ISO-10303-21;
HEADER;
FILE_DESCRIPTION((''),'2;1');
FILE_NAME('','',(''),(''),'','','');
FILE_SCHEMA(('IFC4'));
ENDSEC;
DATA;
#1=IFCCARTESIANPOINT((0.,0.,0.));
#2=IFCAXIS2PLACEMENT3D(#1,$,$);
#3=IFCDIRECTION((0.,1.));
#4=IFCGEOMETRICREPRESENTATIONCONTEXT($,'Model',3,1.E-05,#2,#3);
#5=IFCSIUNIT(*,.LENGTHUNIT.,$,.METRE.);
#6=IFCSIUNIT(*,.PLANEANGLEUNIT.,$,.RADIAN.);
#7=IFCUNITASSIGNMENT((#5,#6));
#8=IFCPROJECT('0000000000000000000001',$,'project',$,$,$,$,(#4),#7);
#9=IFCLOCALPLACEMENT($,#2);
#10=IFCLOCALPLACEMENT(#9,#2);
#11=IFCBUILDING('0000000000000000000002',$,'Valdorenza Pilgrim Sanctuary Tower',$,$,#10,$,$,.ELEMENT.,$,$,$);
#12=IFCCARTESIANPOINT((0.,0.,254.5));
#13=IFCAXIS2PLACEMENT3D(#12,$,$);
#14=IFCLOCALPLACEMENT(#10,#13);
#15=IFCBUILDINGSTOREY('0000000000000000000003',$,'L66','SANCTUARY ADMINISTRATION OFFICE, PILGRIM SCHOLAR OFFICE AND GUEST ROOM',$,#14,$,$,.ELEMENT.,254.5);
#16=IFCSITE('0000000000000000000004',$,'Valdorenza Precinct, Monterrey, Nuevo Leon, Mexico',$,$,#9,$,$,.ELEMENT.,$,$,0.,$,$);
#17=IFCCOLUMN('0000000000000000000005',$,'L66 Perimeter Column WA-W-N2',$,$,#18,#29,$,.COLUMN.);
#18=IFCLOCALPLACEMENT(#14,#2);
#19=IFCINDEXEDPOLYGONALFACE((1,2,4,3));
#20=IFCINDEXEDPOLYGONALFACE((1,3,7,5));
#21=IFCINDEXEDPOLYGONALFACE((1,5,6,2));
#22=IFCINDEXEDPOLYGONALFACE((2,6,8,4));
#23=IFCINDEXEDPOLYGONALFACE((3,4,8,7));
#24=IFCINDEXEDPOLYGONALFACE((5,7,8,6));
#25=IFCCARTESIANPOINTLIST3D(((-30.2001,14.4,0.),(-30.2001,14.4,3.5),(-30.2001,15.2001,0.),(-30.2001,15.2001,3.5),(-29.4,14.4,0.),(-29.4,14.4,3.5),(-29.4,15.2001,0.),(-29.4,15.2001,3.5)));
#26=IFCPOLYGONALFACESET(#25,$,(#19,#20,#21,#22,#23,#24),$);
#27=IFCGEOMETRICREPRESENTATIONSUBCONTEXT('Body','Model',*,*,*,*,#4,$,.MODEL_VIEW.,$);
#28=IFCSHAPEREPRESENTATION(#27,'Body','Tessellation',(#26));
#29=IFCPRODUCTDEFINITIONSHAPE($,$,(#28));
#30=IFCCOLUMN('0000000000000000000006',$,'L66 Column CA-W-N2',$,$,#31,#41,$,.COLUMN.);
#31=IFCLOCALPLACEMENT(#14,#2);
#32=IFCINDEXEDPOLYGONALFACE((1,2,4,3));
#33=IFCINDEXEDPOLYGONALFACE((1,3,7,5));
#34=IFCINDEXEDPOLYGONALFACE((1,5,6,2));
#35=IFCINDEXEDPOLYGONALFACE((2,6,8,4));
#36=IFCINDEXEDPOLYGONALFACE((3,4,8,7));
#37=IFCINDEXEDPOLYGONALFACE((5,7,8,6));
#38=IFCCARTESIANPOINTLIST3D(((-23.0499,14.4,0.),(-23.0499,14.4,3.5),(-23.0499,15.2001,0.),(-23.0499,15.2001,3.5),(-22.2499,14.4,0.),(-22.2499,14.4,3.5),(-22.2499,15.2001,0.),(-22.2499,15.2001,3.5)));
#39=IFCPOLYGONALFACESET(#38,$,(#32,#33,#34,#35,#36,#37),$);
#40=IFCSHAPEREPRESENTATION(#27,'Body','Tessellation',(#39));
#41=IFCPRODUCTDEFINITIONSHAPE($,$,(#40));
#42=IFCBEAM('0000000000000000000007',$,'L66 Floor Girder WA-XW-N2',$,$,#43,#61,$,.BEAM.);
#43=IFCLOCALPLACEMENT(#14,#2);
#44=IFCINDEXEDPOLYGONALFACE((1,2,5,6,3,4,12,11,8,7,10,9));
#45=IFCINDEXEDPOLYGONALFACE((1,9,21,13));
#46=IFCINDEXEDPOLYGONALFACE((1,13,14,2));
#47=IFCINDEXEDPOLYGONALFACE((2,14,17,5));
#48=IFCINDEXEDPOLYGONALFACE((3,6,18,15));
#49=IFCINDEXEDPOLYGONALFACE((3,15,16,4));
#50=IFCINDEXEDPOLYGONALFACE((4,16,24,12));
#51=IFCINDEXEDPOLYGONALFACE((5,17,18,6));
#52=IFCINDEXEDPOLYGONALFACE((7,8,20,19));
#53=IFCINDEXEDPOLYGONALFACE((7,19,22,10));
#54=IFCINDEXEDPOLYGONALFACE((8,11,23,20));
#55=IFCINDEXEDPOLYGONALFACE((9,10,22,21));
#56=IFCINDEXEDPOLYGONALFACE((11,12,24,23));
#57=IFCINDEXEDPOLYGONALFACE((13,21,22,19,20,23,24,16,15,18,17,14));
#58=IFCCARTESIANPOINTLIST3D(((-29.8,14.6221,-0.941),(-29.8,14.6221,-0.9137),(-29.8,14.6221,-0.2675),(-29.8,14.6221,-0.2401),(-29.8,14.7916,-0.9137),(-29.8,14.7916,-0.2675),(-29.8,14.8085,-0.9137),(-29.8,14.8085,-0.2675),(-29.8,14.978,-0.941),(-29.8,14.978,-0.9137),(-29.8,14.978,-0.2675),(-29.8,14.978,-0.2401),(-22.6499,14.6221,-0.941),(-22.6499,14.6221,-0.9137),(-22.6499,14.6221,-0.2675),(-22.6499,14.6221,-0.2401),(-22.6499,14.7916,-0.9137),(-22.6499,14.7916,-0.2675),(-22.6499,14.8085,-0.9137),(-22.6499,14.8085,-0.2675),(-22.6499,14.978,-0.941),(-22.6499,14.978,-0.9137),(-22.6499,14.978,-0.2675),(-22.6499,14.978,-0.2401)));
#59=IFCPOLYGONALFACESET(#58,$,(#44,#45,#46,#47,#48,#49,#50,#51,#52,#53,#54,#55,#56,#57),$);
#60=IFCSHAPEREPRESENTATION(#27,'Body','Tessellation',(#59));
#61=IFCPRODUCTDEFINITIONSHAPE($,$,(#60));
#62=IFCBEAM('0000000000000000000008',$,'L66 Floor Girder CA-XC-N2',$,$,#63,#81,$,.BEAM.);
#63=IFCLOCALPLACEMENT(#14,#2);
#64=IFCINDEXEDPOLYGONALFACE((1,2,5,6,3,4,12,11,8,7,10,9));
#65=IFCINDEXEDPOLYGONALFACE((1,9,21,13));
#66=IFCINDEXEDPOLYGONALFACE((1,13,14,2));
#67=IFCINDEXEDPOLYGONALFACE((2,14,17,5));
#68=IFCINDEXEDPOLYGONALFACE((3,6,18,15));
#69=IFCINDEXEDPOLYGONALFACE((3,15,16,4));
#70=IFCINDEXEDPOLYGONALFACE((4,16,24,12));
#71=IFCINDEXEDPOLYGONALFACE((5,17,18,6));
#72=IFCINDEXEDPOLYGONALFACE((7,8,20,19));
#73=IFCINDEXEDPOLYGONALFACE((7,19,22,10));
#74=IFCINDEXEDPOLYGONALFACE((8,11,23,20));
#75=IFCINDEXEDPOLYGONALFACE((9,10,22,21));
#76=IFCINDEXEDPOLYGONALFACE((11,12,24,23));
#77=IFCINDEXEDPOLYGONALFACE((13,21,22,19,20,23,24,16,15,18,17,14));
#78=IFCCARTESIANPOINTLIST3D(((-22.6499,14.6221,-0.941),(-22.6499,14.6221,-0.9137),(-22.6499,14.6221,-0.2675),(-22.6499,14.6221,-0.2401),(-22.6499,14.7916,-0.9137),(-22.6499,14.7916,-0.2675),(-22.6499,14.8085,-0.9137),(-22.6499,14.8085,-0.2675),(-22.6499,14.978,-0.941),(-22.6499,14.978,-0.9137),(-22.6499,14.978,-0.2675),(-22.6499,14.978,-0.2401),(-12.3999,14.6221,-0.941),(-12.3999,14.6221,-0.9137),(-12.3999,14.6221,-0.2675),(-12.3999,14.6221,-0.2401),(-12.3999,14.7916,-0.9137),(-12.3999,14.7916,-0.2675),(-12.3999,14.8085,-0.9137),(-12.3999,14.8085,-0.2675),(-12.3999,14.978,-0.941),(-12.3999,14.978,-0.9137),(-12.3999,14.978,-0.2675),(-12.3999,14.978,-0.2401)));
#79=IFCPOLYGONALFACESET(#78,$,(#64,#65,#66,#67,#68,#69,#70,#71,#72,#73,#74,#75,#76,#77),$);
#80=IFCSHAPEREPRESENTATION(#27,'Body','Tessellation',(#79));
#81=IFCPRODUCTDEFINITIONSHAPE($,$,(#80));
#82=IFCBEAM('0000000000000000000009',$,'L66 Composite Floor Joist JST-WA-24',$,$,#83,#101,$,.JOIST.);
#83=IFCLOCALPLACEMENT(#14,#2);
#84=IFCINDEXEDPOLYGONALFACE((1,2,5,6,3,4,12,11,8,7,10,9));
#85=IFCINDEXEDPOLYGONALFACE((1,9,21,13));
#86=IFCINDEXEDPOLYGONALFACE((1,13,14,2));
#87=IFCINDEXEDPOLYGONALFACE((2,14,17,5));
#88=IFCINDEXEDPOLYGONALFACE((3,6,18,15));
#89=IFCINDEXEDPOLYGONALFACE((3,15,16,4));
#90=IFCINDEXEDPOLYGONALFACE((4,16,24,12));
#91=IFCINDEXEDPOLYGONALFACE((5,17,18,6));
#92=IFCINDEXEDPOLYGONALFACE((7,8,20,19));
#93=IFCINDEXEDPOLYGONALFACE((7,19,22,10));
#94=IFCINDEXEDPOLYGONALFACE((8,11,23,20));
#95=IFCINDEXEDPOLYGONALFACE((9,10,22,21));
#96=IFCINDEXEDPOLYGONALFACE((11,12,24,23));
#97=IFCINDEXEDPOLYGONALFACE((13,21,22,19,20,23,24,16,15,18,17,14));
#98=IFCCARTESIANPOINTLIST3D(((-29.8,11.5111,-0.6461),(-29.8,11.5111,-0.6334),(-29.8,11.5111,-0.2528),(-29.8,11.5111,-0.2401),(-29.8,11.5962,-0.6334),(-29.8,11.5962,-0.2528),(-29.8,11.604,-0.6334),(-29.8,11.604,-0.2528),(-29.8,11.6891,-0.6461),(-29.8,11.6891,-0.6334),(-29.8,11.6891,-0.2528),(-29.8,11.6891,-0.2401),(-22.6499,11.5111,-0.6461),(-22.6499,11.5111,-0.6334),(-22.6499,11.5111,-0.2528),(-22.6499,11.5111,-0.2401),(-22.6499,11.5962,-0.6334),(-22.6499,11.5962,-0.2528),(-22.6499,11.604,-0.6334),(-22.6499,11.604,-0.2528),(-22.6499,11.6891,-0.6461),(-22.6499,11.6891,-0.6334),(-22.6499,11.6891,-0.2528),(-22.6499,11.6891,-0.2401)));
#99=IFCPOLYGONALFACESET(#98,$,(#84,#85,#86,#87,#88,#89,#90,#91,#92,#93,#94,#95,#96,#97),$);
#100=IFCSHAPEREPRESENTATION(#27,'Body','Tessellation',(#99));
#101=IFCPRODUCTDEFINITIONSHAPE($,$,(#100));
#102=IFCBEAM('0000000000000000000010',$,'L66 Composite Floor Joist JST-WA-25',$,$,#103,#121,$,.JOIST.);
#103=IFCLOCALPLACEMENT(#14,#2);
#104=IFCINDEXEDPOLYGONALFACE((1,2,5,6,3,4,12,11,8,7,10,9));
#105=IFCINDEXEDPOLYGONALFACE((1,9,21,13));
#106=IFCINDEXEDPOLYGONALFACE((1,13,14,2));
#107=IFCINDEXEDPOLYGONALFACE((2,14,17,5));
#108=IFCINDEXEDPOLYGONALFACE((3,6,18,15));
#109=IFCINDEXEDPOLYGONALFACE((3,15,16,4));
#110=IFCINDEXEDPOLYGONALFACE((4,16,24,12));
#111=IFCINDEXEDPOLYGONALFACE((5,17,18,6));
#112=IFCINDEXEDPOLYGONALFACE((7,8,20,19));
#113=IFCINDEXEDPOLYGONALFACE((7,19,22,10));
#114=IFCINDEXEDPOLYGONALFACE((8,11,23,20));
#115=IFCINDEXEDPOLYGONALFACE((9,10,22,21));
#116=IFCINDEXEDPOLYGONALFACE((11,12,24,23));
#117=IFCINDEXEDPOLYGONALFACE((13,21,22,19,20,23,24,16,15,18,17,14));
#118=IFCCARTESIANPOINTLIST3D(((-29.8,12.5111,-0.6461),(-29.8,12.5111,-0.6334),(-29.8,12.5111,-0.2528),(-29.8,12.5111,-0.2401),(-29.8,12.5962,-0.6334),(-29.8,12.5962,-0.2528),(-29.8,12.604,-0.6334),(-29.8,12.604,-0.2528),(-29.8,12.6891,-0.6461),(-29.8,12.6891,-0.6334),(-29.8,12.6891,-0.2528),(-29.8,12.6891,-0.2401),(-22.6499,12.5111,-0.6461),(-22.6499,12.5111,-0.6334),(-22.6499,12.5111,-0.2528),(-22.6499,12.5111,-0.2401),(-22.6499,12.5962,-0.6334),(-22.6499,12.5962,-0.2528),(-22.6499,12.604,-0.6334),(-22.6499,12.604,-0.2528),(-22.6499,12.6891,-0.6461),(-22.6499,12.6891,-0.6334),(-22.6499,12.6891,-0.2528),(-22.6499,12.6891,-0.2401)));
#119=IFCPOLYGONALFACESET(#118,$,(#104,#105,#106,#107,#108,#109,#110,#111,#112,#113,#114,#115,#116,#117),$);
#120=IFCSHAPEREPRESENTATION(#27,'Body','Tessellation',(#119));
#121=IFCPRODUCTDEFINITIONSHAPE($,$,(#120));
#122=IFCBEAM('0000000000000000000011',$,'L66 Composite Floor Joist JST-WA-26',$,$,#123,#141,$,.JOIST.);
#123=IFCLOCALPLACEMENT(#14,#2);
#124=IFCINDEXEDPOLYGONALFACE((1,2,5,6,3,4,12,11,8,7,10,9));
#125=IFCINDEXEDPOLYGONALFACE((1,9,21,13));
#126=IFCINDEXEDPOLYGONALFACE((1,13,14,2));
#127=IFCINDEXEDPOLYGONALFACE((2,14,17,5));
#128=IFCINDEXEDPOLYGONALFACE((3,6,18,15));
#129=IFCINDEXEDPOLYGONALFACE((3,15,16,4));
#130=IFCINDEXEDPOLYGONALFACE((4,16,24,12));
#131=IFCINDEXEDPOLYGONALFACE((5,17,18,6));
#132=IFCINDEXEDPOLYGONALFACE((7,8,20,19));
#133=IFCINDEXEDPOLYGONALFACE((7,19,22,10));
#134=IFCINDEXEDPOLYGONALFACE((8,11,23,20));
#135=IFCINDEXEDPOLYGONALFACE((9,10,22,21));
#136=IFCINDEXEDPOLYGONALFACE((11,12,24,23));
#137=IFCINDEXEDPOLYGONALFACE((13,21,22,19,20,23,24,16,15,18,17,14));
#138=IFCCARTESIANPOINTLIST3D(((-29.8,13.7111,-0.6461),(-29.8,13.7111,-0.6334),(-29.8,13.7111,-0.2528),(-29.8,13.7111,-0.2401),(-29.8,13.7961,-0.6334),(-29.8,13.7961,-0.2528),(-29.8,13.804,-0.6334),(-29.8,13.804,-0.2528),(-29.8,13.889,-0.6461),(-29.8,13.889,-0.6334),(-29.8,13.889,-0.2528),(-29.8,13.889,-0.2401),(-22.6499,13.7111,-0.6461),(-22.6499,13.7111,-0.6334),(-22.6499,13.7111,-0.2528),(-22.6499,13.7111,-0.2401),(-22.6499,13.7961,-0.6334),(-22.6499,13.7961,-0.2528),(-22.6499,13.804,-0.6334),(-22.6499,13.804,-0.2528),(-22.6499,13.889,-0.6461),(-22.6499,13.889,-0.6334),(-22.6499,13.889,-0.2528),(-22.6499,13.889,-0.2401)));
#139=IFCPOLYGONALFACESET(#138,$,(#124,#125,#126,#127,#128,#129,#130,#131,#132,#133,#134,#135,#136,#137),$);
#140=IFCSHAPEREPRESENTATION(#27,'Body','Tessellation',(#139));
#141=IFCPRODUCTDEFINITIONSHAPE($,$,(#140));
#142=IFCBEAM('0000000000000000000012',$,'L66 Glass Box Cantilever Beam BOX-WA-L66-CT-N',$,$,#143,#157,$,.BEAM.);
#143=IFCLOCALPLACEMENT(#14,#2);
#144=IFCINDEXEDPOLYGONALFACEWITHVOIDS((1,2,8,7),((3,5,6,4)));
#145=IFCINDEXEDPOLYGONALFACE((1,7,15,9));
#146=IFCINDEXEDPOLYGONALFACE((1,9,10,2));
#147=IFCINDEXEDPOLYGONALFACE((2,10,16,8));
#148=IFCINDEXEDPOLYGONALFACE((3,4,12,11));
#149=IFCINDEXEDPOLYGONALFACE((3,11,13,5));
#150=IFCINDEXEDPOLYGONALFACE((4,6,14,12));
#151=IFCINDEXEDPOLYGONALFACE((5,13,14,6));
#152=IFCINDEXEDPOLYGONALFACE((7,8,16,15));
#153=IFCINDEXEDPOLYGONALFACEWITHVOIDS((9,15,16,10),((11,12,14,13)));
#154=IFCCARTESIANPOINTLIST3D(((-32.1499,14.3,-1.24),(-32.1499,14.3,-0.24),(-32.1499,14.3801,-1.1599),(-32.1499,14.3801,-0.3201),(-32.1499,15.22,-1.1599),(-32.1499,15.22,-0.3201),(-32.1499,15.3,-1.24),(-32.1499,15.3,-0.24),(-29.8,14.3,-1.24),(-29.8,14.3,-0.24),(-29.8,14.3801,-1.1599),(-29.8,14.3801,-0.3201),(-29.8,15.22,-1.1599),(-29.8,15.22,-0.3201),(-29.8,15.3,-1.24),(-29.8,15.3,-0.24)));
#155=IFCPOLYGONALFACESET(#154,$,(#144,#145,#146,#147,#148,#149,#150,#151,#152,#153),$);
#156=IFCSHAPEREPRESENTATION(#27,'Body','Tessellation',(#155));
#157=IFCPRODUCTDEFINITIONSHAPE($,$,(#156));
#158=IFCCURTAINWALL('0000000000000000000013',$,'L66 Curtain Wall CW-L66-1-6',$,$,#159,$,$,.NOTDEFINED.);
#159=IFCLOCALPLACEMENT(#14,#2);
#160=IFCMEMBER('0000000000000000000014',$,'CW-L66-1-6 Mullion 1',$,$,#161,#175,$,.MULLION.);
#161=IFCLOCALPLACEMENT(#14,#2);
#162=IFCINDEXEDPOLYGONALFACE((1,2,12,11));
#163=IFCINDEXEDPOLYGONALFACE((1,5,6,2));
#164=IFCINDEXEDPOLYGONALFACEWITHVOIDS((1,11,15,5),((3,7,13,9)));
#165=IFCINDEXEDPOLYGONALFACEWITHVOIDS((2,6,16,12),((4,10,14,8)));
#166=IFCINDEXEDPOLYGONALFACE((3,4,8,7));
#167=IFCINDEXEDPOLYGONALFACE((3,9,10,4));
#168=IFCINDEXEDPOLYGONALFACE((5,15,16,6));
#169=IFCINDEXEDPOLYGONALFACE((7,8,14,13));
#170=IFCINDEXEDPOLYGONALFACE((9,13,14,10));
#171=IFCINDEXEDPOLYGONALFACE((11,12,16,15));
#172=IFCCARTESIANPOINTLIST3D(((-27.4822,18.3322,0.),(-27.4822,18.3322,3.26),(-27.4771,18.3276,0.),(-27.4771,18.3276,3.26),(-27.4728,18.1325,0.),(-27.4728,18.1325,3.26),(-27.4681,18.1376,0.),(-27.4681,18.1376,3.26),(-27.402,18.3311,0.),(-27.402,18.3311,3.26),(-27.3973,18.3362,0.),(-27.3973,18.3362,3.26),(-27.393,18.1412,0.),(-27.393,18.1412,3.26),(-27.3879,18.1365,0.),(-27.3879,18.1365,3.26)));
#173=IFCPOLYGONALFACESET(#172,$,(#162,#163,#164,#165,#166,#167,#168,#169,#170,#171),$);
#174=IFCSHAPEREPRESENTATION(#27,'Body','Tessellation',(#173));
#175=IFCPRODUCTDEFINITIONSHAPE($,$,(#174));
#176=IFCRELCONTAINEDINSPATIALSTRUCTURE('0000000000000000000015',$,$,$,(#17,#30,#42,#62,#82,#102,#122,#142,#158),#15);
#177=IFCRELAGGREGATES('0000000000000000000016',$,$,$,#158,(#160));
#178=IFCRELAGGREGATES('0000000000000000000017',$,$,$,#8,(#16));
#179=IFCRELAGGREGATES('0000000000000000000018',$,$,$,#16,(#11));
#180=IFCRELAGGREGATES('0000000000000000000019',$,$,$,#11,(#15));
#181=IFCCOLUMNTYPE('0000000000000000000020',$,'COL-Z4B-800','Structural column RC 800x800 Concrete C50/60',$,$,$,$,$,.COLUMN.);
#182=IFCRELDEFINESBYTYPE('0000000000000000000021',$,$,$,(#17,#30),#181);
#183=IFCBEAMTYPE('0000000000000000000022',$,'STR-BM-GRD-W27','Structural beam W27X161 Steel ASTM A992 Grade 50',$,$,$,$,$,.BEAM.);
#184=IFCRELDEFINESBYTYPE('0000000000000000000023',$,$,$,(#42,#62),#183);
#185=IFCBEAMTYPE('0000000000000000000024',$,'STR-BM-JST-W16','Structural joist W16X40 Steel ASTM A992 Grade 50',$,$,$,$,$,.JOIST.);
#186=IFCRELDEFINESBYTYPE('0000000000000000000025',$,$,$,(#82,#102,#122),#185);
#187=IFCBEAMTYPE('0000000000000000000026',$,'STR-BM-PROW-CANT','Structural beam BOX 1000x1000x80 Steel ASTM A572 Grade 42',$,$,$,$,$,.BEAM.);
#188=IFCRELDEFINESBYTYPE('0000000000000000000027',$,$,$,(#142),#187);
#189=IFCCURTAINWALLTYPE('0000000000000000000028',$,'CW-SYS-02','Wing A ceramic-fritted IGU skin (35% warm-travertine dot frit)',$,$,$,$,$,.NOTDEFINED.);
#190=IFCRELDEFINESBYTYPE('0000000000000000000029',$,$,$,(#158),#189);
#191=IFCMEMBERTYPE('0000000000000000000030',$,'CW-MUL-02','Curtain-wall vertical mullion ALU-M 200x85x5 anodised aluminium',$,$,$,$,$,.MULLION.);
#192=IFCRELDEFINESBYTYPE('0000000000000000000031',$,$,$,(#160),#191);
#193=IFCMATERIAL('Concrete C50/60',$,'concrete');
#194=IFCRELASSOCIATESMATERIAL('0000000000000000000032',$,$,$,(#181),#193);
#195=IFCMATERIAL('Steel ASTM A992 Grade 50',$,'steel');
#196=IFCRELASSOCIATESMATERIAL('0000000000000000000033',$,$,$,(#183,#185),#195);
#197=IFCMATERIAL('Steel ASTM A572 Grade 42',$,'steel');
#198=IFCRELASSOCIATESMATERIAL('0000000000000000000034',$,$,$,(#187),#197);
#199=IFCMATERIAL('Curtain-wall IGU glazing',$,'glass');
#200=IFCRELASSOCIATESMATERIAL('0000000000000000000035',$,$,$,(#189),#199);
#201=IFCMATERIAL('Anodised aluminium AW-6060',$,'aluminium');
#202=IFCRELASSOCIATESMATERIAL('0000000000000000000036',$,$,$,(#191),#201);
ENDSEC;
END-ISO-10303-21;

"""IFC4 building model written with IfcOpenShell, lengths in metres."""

from ifc_helpers import new_model, si_unit, direction, frame, origin, origin_2d, place, context, subcontext, project, spatial, rectangle, hollow_rectangle, i_section, extrude, source, transform, mapped, material, material_profile, profile_set, type_object, element, aggregate, save


model = new_model("IFC4")

# Units and contexts
model_context = context("Model", 3, precision=1e-05, world=origin(), true_north=direction((0.0, 1.0)))
body_context = subcontext(model_context, "Body", "Model", "MODEL_VIEW")
ifc_project = project(units=[si_unit("LENGTHUNIT", "METRE"), si_unit("PLANEANGLEUNIT", "RADIAN")], contexts=[model_context])

# Site, building, storey
site_placement = place(None, origin())
site = spatial("IfcSite", under=ifc_project, at=site_placement, Name="Valdorenza Precinct, Monterrey, Nuevo Leon, Mexico", CompositionType="ELEMENT", RefElevation=0.0)
building_placement = place(site_placement, origin())
building = spatial("IfcBuilding", under=site, at=building_placement, Name="Valdorenza Pilgrim Sanctuary Tower", CompositionType="ELEMENT")
storey_placement = place(building_placement, frame((0.0, 0.0, 254.5)))
storey = spatial("IfcBuildingStorey", under=building, at=storey_placement, Name="L66", Description="SANCTUARY ADMINISTRATION OFFICE, PILGRIM SCHOLAR OFFICE AND GUEST ROOM", CompositionType="ELEMENT", Elevation=254.5)

# Columns
ifc_material_1 = material(Name="Concrete C50/60", Category="concrete")
ifc_material_profile_1 = material_profile(ifc_material_1, rectangle(XDim=0.8, YDim=0.8, at=origin_2d()), Name="RC 800x800")
ifc_profile_set_1 = profile_set([ifc_material_profile_1], Name="Concrete C50/60")
column_type = type_object("IfcColumnType", Name="COL-Z4B-800", Description="Structural column RC 800x800 Concrete C50/60", PredefinedType="COLUMN", material=ifc_profile_set_1)
shared_shape_1 = source(origin(), body_context, "Body", "SweptSolid", [
    extrude(rectangle(XDim=0.8, YDim=0.8, at=origin_2d()), origin(), (0.0, 0.0, 1.0), 3.5),
])
for number, where, z_axis, x_axis, name in (
    (1, (-29.8, 14.8, 0.0), (0.0, 0.0, 1.0), (1.0, 0.0, 0.0), "L66 Perimeter Column WA-W-N2"),
    (2, (-22.6499, 14.8, 0.0), (0.0, 0.0, 1.0), (1.0, 0.0, 0.0), "L66 Column CA-W-N2"),
):
    element("IfcColumn", number, at=place(storey_placement, frame(where, z_axis=z_axis, x_axis=x_axis)), inside=storey, type_object=column_type, Name=name, PredefinedType="COLUMN", context=body_context, shape_type="MappedRepresentation", body=[
        mapped(shared_shape_1, transform((0.0, 0.0, 0.0), x_axis=(1.0, 0.0, 0.0), y_axis=(0.0, 1.0, 0.0), z_axis=(0.0, 0.0, 1.0), scale=1.0)),
    ])

# Beams
ifc_material_2 = material(Name="Steel ASTM A992 Grade 50", Category="steel")
ifc_material_profile_2 = material_profile(ifc_material_2, i_section(OverallWidth=0.356, OverallDepth=0.7009, WebThickness=0.0168, FlangeThickness=0.0273, at=origin_2d()), Name="W27X161")
ifc_profile_set_2 = profile_set([ifc_material_profile_2], Name="Steel ASTM A992 Grade 50")
beam_type_1 = type_object("IfcBeamType", Name="STR-BM-GRD-W27", Description="Structural beam W27X161 Steel ASTM A992 Grade 50", PredefinedType="BEAM", material=ifc_profile_set_2)
shared_shape_2 = source(origin(), body_context, "Body", "SweptSolid", [
    extrude(i_section(OverallWidth=0.356, OverallDepth=0.7009, WebThickness=0.0168, FlangeThickness=0.0273, at=origin_2d()), origin(), (0.0, 0.0, 1.0), 7.1501),
])
beam_1_placement = place(storey_placement, frame((-29.8, 14.8, -0.5906), z_axis=(1.0, 0.0, 0.0), x_axis=(0.0, 1.0, 0.0)))
element("IfcBeam", 3, at=beam_1_placement, inside=storey, type_object=beam_type_1, Name="L66 Floor Girder WA-XW-N2", PredefinedType="BEAM", context=body_context, shape_type="MappedRepresentation", body=[
    mapped(shared_shape_2, transform((0.0, 0.0, 0.0), x_axis=(1.0, 0.0, 0.0), y_axis=(0.0, 1.0, 0.0), z_axis=(0.0, 0.0, 1.0), scale=1.0)),
])
shared_shape_3 = source(origin(), body_context, "Body", "SweptSolid", [
    extrude(i_section(OverallWidth=0.356, OverallDepth=0.7009, WebThickness=0.0168, FlangeThickness=0.0273, at=origin_2d()), origin(), (0.0, 0.0, 1.0), 10.25),
])
beam_2_placement = place(storey_placement, frame((-22.6499, 14.8, -0.5906), z_axis=(1.0, 0.0, 0.0), x_axis=(0.0, 1.0, 0.0)))
element("IfcBeam", 4, at=beam_2_placement, inside=storey, type_object=beam_type_1, Name="L66 Floor Girder CA-XC-N2", PredefinedType="BEAM", context=body_context, shape_type="MappedRepresentation", body=[
    mapped(shared_shape_3, transform((0.0, 0.0, 0.0), x_axis=(1.0, 0.0, 0.0), y_axis=(0.0, 1.0, 0.0), z_axis=(0.0, 0.0, 1.0), scale=1.0)),
])
ifc_material_profile_3 = material_profile(ifc_material_2, i_section(OverallWidth=0.178, OverallDepth=0.406, WebThickness=0.0078, FlangeThickness=0.0127, at=origin_2d()), Name="W16X40")
ifc_profile_set_3 = profile_set([ifc_material_profile_3], Name="Steel ASTM A992 Grade 50")
beam_type_2 = type_object("IfcBeamType", Name="STR-BM-JST-W16", Description="Structural joist W16X40 Steel ASTM A992 Grade 50", PredefinedType="JOIST", material=ifc_profile_set_3)
shared_shape_4 = source(origin(), body_context, "Body", "SweptSolid", [
    extrude(i_section(OverallWidth=0.178, OverallDepth=0.406, WebThickness=0.0078, FlangeThickness=0.0127, at=origin_2d()), origin(), (0.0, 0.0, 1.0), 7.1501),
])
for number, where, z_axis, x_axis, name in (
    (5, (-29.8, 11.6001, -0.4431), (1.0, 0.0, 0.0), (0.0, 1.0, 0.0), "L66 Composite Floor Joist JST-WA-24"),
    (6, (-29.8, 12.6001, -0.4431), (1.0, 0.0, 0.0), (0.0, 1.0, 0.0), "L66 Composite Floor Joist JST-WA-25"),
    (7, (-29.8, 13.8, -0.4431), (1.0, 0.0, 0.0), (0.0, 1.0, 0.0), "L66 Composite Floor Joist JST-WA-26"),
):
    element("IfcBeam", number, at=place(storey_placement, frame(where, z_axis=z_axis, x_axis=x_axis)), inside=storey, type_object=beam_type_2, Name=name, PredefinedType="JOIST", context=body_context, shape_type="MappedRepresentation", body=[
        mapped(shared_shape_4, transform((0.0, 0.0, 0.0), x_axis=(1.0, 0.0, 0.0), y_axis=(0.0, 1.0, 0.0), z_axis=(0.0, 0.0, 1.0), scale=1.0)),
    ])
ifc_material_3 = material(Name="Steel ASTM A572 Grade 42", Category="steel")
ifc_material_profile_4 = material_profile(ifc_material_3, hollow_rectangle(XDim=1.0, YDim=1.0, WallThickness=0.0801, at=origin_2d()), Name="BOX 1000x1000x80")
ifc_profile_set_4 = profile_set([ifc_material_profile_4], Name="Steel ASTM A572 Grade 42")
beam_type_3 = type_object("IfcBeamType", Name="STR-BM-PROW-CANT", Description="Structural beam BOX 1000x1000x80 Steel ASTM A572 Grade 42", PredefinedType="BEAM", material=ifc_profile_set_4)
shared_shape_5 = source(origin(), body_context, "Body", "SweptSolid", [
    extrude(hollow_rectangle(XDim=1.0, YDim=1.0, WallThickness=0.0801, at=origin_2d()), origin(), (0.0, 0.0, 1.0), 2.3499),
])
beam_3_placement = place(storey_placement, frame((-29.8, 14.8, -0.74), z_axis=(-1.0, 0.0, 0.0), x_axis=(0.0, -1.0, 0.0)))
element("IfcBeam", 8, at=beam_3_placement, inside=storey, type_object=beam_type_3, Name="L66 Glass Box Cantilever Beam BOX-WA-L66-CT-N", PredefinedType="BEAM", context=body_context, shape_type="MappedRepresentation", body=[
    mapped(shared_shape_5, transform((0.0, 0.0, 0.0), x_axis=(1.0, 0.0, 0.0), y_axis=(0.0, 1.0, 0.0), z_axis=(0.0, 0.0, 1.0), scale=1.0)),
])

# Curtain wall, member
ifc_material_4 = material(Name="Curtain-wall IGU glazing", Category="glass")
curtain_wall_type = type_object("IfcCurtainWallType", Name="CW-SYS-02", Description="Wing A ceramic-fritted IGU skin (35% warm-travertine dot frit)", PredefinedType="NOTDEFINED", material=ifc_material_4)
curtain_wall_placement = place(storey_placement, origin())
curtain_wall = element("IfcCurtainWall", 9, at=curtain_wall_placement, inside=storey, type_object=curtain_wall_type, Name="L66 Curtain Wall CW-L66-1-6", PredefinedType="NOTDEFINED")
ifc_material_5 = material(Name="Anodised aluminium AW-6060", Category="aluminium")
ifc_material_profile_5 = material_profile(ifc_material_5, hollow_rectangle(XDim=0.085, YDim=0.2, WallThickness=0.0049, at=origin_2d()), Name="ALU-M 200x85x5")
ifc_profile_set_5 = profile_set([ifc_material_profile_5], Name="Anodised aluminium AW-6060")
member_type_1 = type_object("IfcMemberType", Name="CW-MUL-02", Description="Curtain-wall vertical mullion ALU-M 200x85x5 anodised aluminium", PredefinedType="MULLION", material=ifc_profile_set_5)
shared_shape_6 = source(origin(), body_context, "Body", "SweptSolid", [
    extrude(hollow_rectangle(XDim=0.085, YDim=0.2, WallThickness=0.0049, at=origin_2d()), origin(), (0.0, 0.0, 1.0), 3.26),
])
member_1_placement = place(storey_placement, frame((-27.4351, 18.2344, 0.0), z_axis=(0.0, 0.0, 1.0), x_axis=(0.998891, 0.047089, 0.0)))
member_1 = element("IfcMember", 10, at=member_1_placement, type_object=member_type_1, Name="CW-L66-1-6 Mullion 1", PredefinedType="MULLION", context=body_context, shape_type="MappedRepresentation", body=[
    mapped(shared_shape_6, transform((0.0, 0.0, 0.0), x_axis=(1.0, 0.0, 0.0), y_axis=(0.0, 1.0, 0.0), z_axis=(0.0, 0.0, 1.0), scale=1.0)),
])
aggregate(curtain_wall, [member_1])

save(model, "model.ifc")
